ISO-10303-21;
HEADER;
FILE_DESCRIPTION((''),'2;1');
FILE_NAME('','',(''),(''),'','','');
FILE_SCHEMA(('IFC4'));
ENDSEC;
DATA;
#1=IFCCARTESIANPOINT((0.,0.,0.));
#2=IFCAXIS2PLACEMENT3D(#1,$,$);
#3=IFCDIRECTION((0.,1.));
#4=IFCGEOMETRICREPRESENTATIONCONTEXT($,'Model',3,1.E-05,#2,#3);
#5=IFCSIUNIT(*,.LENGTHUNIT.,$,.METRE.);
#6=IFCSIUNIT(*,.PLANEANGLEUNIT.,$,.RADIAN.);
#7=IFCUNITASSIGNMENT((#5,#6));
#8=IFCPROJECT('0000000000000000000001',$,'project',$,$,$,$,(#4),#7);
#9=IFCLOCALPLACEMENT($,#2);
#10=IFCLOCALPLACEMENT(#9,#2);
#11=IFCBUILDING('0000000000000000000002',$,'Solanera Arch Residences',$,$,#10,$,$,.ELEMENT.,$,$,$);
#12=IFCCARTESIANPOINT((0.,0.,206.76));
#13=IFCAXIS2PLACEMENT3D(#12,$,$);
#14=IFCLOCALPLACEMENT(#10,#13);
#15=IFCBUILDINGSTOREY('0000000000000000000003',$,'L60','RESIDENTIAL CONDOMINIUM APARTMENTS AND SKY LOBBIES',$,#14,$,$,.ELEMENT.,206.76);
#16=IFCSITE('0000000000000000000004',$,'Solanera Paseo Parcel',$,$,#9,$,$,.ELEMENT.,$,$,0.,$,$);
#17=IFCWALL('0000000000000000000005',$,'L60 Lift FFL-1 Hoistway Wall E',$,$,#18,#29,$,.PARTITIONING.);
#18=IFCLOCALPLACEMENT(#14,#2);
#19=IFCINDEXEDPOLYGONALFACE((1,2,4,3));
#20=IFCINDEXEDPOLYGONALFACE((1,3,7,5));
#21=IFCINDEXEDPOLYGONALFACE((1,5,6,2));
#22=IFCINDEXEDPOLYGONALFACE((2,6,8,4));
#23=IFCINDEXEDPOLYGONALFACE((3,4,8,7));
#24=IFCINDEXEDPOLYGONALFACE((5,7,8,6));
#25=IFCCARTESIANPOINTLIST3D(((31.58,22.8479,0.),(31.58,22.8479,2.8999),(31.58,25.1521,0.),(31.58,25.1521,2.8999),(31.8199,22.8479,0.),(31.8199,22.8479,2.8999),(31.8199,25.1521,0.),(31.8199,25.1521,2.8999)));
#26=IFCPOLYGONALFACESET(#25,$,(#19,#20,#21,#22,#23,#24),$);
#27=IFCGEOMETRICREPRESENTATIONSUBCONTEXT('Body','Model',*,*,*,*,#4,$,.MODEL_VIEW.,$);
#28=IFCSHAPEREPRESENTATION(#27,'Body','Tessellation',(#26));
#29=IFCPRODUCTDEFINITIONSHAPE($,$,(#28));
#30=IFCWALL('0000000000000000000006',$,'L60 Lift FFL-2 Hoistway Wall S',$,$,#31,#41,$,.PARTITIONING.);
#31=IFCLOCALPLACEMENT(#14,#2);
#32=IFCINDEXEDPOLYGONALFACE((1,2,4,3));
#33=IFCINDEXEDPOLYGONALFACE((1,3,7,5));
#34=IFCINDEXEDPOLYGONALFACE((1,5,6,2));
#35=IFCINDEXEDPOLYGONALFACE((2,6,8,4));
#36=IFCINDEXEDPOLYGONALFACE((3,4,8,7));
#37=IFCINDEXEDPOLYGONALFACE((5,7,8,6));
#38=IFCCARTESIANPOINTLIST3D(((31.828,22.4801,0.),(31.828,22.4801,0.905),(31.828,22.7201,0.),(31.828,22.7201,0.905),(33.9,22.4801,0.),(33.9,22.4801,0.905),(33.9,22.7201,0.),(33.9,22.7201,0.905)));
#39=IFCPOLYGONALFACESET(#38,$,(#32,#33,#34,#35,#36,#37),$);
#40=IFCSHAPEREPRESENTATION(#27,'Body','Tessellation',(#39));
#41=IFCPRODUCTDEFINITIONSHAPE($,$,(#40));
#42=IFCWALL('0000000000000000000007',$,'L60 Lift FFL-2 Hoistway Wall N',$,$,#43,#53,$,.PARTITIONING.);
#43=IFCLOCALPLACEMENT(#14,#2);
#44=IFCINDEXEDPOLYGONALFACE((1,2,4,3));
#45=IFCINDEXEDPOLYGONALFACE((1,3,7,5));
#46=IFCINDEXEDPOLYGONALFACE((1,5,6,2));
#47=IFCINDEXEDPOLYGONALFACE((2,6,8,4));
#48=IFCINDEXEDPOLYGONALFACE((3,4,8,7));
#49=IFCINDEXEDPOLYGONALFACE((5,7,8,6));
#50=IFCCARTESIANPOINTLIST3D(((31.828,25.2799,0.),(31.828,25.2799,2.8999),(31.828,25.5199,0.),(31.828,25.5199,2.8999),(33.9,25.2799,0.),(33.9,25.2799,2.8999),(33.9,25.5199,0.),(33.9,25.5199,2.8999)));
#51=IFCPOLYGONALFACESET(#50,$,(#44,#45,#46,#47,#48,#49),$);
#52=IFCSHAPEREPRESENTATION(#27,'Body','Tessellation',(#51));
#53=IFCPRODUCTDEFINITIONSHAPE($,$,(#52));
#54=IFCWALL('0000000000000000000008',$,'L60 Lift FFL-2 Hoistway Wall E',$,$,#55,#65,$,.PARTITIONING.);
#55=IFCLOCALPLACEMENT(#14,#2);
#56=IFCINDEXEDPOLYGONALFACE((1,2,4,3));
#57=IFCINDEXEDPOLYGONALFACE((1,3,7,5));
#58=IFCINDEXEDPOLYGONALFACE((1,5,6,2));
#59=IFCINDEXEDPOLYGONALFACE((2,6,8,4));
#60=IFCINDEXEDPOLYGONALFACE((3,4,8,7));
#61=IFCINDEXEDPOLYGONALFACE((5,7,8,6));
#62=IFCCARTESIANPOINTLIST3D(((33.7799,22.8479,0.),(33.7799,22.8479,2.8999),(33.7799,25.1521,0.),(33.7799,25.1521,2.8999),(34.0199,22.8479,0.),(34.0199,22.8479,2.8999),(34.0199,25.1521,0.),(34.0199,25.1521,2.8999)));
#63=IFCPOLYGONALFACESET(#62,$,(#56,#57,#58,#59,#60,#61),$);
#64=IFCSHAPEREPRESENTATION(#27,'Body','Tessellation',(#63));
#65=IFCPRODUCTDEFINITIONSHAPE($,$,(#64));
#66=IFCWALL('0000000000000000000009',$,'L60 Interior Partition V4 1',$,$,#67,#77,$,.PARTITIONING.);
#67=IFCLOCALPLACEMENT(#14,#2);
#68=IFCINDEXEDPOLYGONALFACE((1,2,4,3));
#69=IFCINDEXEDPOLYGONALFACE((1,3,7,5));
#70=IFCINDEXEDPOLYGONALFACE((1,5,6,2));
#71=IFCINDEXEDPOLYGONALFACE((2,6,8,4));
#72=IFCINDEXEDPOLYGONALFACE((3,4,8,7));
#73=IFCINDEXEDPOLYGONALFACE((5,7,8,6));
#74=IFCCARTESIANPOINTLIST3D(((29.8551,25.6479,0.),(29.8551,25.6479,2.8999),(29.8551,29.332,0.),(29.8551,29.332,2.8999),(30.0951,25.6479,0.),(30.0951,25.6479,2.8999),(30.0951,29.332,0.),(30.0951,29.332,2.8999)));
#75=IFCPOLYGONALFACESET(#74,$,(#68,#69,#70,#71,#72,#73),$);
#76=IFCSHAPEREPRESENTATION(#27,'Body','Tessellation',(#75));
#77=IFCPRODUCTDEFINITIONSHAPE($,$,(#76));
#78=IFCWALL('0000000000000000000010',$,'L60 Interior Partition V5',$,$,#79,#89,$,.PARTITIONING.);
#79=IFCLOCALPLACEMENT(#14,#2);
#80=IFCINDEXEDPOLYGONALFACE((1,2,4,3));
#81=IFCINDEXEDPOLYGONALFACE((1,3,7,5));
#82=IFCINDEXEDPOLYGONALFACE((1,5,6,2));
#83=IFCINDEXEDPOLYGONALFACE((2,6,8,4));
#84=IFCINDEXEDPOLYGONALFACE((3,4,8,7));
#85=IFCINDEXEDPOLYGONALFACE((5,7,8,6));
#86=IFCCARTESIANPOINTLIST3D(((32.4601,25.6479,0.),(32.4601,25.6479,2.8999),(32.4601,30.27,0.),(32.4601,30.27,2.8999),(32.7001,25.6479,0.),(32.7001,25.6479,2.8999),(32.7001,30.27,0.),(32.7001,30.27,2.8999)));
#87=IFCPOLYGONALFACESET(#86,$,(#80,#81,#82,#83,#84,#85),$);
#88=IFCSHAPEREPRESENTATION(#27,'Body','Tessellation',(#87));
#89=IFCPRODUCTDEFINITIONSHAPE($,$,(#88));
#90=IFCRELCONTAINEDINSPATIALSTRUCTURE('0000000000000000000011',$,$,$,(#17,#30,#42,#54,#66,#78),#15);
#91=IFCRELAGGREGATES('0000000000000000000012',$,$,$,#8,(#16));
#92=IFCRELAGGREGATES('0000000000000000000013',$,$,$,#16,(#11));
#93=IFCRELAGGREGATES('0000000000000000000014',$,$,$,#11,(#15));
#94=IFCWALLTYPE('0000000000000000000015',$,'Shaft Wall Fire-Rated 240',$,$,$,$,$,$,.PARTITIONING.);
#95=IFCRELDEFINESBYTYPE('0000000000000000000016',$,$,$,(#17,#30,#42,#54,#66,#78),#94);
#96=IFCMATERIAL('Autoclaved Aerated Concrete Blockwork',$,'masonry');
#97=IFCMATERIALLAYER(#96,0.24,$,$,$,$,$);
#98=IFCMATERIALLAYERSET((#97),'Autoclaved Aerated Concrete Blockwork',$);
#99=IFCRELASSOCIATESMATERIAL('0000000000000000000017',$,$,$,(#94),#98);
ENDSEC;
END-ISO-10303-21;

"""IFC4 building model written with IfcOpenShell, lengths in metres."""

from ifc_helpers import new_model, si_unit, direction, frame, frame_2d, origin, place, context, subcontext, project, spatial, rectangle, extrude, material, layer, layer_set, type_object, element, save


model = new_model("IFC4")

# Units and contexts
model_context = context("Model", 3, precision=1e-05, world=origin(), true_north=direction((0.0, 1.0)))
body_context = subcontext(model_context, "Body", "Model", "MODEL_VIEW")
ifc_project = project(units=[si_unit("LENGTHUNIT", "METRE"), si_unit("PLANEANGLEUNIT", "RADIAN")], contexts=[model_context])

# Site, building, storey
site_placement = place(None, origin())
site = spatial("IfcSite", under=ifc_project, at=site_placement, Name="Solanera Paseo Parcel", CompositionType="ELEMENT", RefElevation=0.0)
building_placement = place(site_placement, origin())
building = spatial("IfcBuilding", under=site, at=building_placement, Name="Solanera Arch Residences", CompositionType="ELEMENT")
storey_placement = place(building_placement, frame((0.0, 0.0, 206.76)))
storey = spatial("IfcBuildingStorey", under=building, at=storey_placement, Name="L60", Description="RESIDENTIAL CONDOMINIUM APARTMENTS AND SKY LOBBIES", CompositionType="ELEMENT", Elevation=206.76)

# Walls
ifc_material_1 = material(Name="Autoclaved Aerated Concrete Blockwork", Category="masonry")
ifc_layer_1 = layer(ifc_material_1, 0.24)
ifc_layer_set_1 = layer_set([ifc_layer_1], Name="Autoclaved Aerated Concrete Blockwork")
wall_type_1 = type_object("IfcWallType", Name="Shaft Wall Fire-Rated 240", PredefinedType="PARTITIONING", material=ifc_layer_set_1)
wall_1_placement = place(storey_placement, frame((31.7, 22.8479, 0.0), z_axis=(0.0, 0.0, 1.0), x_axis=(0.0, 1.0, 0.0)))
element("IfcWall", 1, at=wall_1_placement, inside=storey, type_object=wall_type_1, Name="L60 Lift FFL-1 Hoistway Wall E", PredefinedType="PARTITIONING", context=body_context, shape_type="SweptSolid", body=[
    extrude(rectangle(XDim=2.3042, YDim=0.24, at=frame_2d((1.1521, 0.0))), origin(), (0.0, 0.0, 1.0), 2.8999),
])
wall_2_placement = place(storey_placement, frame((31.8279, 22.6001, 0.0), z_axis=(0.0, 0.0, 1.0), x_axis=(1.0, 0.0, 0.0)))
element("IfcWall", 2, at=wall_2_placement, inside=storey, type_object=wall_type_1, Name="L60 Lift FFL-2 Hoistway Wall S", PredefinedType="PARTITIONING", context=body_context, shape_type="SweptSolid", body=[
    extrude(rectangle(XDim=2.072, YDim=0.24, at=frame_2d((1.0361, 0.0))), origin(), (0.0, 0.0, 1.0), 0.905),
])
wall_3_placement = place(storey_placement, frame((31.8279, 25.3999, 0.0), z_axis=(0.0, 0.0, 1.0), x_axis=(1.0, 0.0, 0.0)))
element("IfcWall", 3, at=wall_3_placement, inside=storey, type_object=wall_type_1, Name="L60 Lift FFL-2 Hoistway Wall N", PredefinedType="PARTITIONING", context=body_context, shape_type="SweptSolid", body=[
    extrude(rectangle(XDim=2.072, YDim=0.24, at=frame_2d((1.0361, 0.0))), origin(), (0.0, 0.0, 1.0), 2.8999),
])
wall_4_placement = place(storey_placement, frame((33.8999, 22.8479, 0.0), z_axis=(0.0, 0.0, 1.0), x_axis=(0.0, 1.0, 0.0)))
element("IfcWall", 4, at=wall_4_placement, inside=storey, type_object=wall_type_1, Name="L60 Lift FFL-2 Hoistway Wall E", PredefinedType="PARTITIONING", context=body_context, shape_type="SweptSolid", body=[
    extrude(rectangle(XDim=2.3042, YDim=0.24, at=frame_2d((1.1521, 0.0))), origin(), (0.0, 0.0, 1.0), 2.8999),
])
wall_5_placement = place(storey_placement, frame((29.9751, 25.6479, 0.0), z_axis=(0.0, 0.0, 1.0), x_axis=(0.0, 1.0, 0.0)))
element("IfcWall", 5, at=wall_5_placement, inside=storey, type_object=wall_type_1, Name="L60 Interior Partition V4 1", PredefinedType="PARTITIONING", context=body_context, shape_type="SweptSolid", body=[
    extrude(rectangle(XDim=3.6841, YDim=0.24, at=frame_2d((1.842, 0.0))), origin(), (0.0, 0.0, 1.0), 2.8999),
])

# Wall
wall_6_placement = place(storey_placement, frame((32.5801, 25.6479, 0.0), z_axis=(0.0, 0.0, 1.0), x_axis=(0.0, 1.0, 0.0)))
element("IfcWall", 6, at=wall_6_placement, inside=storey, type_object=wall_type_1, Name="L60 Interior Partition V5", PredefinedType="PARTITIONING", context=body_context, shape_type="SweptSolid", body=[
    extrude(rectangle(XDim=4.6221, YDim=0.24, at=frame_2d((2.311, 0.0))), origin(), (0.0, 0.0, 1.0), 2.8999),
])

save(model, "model.ifc")
